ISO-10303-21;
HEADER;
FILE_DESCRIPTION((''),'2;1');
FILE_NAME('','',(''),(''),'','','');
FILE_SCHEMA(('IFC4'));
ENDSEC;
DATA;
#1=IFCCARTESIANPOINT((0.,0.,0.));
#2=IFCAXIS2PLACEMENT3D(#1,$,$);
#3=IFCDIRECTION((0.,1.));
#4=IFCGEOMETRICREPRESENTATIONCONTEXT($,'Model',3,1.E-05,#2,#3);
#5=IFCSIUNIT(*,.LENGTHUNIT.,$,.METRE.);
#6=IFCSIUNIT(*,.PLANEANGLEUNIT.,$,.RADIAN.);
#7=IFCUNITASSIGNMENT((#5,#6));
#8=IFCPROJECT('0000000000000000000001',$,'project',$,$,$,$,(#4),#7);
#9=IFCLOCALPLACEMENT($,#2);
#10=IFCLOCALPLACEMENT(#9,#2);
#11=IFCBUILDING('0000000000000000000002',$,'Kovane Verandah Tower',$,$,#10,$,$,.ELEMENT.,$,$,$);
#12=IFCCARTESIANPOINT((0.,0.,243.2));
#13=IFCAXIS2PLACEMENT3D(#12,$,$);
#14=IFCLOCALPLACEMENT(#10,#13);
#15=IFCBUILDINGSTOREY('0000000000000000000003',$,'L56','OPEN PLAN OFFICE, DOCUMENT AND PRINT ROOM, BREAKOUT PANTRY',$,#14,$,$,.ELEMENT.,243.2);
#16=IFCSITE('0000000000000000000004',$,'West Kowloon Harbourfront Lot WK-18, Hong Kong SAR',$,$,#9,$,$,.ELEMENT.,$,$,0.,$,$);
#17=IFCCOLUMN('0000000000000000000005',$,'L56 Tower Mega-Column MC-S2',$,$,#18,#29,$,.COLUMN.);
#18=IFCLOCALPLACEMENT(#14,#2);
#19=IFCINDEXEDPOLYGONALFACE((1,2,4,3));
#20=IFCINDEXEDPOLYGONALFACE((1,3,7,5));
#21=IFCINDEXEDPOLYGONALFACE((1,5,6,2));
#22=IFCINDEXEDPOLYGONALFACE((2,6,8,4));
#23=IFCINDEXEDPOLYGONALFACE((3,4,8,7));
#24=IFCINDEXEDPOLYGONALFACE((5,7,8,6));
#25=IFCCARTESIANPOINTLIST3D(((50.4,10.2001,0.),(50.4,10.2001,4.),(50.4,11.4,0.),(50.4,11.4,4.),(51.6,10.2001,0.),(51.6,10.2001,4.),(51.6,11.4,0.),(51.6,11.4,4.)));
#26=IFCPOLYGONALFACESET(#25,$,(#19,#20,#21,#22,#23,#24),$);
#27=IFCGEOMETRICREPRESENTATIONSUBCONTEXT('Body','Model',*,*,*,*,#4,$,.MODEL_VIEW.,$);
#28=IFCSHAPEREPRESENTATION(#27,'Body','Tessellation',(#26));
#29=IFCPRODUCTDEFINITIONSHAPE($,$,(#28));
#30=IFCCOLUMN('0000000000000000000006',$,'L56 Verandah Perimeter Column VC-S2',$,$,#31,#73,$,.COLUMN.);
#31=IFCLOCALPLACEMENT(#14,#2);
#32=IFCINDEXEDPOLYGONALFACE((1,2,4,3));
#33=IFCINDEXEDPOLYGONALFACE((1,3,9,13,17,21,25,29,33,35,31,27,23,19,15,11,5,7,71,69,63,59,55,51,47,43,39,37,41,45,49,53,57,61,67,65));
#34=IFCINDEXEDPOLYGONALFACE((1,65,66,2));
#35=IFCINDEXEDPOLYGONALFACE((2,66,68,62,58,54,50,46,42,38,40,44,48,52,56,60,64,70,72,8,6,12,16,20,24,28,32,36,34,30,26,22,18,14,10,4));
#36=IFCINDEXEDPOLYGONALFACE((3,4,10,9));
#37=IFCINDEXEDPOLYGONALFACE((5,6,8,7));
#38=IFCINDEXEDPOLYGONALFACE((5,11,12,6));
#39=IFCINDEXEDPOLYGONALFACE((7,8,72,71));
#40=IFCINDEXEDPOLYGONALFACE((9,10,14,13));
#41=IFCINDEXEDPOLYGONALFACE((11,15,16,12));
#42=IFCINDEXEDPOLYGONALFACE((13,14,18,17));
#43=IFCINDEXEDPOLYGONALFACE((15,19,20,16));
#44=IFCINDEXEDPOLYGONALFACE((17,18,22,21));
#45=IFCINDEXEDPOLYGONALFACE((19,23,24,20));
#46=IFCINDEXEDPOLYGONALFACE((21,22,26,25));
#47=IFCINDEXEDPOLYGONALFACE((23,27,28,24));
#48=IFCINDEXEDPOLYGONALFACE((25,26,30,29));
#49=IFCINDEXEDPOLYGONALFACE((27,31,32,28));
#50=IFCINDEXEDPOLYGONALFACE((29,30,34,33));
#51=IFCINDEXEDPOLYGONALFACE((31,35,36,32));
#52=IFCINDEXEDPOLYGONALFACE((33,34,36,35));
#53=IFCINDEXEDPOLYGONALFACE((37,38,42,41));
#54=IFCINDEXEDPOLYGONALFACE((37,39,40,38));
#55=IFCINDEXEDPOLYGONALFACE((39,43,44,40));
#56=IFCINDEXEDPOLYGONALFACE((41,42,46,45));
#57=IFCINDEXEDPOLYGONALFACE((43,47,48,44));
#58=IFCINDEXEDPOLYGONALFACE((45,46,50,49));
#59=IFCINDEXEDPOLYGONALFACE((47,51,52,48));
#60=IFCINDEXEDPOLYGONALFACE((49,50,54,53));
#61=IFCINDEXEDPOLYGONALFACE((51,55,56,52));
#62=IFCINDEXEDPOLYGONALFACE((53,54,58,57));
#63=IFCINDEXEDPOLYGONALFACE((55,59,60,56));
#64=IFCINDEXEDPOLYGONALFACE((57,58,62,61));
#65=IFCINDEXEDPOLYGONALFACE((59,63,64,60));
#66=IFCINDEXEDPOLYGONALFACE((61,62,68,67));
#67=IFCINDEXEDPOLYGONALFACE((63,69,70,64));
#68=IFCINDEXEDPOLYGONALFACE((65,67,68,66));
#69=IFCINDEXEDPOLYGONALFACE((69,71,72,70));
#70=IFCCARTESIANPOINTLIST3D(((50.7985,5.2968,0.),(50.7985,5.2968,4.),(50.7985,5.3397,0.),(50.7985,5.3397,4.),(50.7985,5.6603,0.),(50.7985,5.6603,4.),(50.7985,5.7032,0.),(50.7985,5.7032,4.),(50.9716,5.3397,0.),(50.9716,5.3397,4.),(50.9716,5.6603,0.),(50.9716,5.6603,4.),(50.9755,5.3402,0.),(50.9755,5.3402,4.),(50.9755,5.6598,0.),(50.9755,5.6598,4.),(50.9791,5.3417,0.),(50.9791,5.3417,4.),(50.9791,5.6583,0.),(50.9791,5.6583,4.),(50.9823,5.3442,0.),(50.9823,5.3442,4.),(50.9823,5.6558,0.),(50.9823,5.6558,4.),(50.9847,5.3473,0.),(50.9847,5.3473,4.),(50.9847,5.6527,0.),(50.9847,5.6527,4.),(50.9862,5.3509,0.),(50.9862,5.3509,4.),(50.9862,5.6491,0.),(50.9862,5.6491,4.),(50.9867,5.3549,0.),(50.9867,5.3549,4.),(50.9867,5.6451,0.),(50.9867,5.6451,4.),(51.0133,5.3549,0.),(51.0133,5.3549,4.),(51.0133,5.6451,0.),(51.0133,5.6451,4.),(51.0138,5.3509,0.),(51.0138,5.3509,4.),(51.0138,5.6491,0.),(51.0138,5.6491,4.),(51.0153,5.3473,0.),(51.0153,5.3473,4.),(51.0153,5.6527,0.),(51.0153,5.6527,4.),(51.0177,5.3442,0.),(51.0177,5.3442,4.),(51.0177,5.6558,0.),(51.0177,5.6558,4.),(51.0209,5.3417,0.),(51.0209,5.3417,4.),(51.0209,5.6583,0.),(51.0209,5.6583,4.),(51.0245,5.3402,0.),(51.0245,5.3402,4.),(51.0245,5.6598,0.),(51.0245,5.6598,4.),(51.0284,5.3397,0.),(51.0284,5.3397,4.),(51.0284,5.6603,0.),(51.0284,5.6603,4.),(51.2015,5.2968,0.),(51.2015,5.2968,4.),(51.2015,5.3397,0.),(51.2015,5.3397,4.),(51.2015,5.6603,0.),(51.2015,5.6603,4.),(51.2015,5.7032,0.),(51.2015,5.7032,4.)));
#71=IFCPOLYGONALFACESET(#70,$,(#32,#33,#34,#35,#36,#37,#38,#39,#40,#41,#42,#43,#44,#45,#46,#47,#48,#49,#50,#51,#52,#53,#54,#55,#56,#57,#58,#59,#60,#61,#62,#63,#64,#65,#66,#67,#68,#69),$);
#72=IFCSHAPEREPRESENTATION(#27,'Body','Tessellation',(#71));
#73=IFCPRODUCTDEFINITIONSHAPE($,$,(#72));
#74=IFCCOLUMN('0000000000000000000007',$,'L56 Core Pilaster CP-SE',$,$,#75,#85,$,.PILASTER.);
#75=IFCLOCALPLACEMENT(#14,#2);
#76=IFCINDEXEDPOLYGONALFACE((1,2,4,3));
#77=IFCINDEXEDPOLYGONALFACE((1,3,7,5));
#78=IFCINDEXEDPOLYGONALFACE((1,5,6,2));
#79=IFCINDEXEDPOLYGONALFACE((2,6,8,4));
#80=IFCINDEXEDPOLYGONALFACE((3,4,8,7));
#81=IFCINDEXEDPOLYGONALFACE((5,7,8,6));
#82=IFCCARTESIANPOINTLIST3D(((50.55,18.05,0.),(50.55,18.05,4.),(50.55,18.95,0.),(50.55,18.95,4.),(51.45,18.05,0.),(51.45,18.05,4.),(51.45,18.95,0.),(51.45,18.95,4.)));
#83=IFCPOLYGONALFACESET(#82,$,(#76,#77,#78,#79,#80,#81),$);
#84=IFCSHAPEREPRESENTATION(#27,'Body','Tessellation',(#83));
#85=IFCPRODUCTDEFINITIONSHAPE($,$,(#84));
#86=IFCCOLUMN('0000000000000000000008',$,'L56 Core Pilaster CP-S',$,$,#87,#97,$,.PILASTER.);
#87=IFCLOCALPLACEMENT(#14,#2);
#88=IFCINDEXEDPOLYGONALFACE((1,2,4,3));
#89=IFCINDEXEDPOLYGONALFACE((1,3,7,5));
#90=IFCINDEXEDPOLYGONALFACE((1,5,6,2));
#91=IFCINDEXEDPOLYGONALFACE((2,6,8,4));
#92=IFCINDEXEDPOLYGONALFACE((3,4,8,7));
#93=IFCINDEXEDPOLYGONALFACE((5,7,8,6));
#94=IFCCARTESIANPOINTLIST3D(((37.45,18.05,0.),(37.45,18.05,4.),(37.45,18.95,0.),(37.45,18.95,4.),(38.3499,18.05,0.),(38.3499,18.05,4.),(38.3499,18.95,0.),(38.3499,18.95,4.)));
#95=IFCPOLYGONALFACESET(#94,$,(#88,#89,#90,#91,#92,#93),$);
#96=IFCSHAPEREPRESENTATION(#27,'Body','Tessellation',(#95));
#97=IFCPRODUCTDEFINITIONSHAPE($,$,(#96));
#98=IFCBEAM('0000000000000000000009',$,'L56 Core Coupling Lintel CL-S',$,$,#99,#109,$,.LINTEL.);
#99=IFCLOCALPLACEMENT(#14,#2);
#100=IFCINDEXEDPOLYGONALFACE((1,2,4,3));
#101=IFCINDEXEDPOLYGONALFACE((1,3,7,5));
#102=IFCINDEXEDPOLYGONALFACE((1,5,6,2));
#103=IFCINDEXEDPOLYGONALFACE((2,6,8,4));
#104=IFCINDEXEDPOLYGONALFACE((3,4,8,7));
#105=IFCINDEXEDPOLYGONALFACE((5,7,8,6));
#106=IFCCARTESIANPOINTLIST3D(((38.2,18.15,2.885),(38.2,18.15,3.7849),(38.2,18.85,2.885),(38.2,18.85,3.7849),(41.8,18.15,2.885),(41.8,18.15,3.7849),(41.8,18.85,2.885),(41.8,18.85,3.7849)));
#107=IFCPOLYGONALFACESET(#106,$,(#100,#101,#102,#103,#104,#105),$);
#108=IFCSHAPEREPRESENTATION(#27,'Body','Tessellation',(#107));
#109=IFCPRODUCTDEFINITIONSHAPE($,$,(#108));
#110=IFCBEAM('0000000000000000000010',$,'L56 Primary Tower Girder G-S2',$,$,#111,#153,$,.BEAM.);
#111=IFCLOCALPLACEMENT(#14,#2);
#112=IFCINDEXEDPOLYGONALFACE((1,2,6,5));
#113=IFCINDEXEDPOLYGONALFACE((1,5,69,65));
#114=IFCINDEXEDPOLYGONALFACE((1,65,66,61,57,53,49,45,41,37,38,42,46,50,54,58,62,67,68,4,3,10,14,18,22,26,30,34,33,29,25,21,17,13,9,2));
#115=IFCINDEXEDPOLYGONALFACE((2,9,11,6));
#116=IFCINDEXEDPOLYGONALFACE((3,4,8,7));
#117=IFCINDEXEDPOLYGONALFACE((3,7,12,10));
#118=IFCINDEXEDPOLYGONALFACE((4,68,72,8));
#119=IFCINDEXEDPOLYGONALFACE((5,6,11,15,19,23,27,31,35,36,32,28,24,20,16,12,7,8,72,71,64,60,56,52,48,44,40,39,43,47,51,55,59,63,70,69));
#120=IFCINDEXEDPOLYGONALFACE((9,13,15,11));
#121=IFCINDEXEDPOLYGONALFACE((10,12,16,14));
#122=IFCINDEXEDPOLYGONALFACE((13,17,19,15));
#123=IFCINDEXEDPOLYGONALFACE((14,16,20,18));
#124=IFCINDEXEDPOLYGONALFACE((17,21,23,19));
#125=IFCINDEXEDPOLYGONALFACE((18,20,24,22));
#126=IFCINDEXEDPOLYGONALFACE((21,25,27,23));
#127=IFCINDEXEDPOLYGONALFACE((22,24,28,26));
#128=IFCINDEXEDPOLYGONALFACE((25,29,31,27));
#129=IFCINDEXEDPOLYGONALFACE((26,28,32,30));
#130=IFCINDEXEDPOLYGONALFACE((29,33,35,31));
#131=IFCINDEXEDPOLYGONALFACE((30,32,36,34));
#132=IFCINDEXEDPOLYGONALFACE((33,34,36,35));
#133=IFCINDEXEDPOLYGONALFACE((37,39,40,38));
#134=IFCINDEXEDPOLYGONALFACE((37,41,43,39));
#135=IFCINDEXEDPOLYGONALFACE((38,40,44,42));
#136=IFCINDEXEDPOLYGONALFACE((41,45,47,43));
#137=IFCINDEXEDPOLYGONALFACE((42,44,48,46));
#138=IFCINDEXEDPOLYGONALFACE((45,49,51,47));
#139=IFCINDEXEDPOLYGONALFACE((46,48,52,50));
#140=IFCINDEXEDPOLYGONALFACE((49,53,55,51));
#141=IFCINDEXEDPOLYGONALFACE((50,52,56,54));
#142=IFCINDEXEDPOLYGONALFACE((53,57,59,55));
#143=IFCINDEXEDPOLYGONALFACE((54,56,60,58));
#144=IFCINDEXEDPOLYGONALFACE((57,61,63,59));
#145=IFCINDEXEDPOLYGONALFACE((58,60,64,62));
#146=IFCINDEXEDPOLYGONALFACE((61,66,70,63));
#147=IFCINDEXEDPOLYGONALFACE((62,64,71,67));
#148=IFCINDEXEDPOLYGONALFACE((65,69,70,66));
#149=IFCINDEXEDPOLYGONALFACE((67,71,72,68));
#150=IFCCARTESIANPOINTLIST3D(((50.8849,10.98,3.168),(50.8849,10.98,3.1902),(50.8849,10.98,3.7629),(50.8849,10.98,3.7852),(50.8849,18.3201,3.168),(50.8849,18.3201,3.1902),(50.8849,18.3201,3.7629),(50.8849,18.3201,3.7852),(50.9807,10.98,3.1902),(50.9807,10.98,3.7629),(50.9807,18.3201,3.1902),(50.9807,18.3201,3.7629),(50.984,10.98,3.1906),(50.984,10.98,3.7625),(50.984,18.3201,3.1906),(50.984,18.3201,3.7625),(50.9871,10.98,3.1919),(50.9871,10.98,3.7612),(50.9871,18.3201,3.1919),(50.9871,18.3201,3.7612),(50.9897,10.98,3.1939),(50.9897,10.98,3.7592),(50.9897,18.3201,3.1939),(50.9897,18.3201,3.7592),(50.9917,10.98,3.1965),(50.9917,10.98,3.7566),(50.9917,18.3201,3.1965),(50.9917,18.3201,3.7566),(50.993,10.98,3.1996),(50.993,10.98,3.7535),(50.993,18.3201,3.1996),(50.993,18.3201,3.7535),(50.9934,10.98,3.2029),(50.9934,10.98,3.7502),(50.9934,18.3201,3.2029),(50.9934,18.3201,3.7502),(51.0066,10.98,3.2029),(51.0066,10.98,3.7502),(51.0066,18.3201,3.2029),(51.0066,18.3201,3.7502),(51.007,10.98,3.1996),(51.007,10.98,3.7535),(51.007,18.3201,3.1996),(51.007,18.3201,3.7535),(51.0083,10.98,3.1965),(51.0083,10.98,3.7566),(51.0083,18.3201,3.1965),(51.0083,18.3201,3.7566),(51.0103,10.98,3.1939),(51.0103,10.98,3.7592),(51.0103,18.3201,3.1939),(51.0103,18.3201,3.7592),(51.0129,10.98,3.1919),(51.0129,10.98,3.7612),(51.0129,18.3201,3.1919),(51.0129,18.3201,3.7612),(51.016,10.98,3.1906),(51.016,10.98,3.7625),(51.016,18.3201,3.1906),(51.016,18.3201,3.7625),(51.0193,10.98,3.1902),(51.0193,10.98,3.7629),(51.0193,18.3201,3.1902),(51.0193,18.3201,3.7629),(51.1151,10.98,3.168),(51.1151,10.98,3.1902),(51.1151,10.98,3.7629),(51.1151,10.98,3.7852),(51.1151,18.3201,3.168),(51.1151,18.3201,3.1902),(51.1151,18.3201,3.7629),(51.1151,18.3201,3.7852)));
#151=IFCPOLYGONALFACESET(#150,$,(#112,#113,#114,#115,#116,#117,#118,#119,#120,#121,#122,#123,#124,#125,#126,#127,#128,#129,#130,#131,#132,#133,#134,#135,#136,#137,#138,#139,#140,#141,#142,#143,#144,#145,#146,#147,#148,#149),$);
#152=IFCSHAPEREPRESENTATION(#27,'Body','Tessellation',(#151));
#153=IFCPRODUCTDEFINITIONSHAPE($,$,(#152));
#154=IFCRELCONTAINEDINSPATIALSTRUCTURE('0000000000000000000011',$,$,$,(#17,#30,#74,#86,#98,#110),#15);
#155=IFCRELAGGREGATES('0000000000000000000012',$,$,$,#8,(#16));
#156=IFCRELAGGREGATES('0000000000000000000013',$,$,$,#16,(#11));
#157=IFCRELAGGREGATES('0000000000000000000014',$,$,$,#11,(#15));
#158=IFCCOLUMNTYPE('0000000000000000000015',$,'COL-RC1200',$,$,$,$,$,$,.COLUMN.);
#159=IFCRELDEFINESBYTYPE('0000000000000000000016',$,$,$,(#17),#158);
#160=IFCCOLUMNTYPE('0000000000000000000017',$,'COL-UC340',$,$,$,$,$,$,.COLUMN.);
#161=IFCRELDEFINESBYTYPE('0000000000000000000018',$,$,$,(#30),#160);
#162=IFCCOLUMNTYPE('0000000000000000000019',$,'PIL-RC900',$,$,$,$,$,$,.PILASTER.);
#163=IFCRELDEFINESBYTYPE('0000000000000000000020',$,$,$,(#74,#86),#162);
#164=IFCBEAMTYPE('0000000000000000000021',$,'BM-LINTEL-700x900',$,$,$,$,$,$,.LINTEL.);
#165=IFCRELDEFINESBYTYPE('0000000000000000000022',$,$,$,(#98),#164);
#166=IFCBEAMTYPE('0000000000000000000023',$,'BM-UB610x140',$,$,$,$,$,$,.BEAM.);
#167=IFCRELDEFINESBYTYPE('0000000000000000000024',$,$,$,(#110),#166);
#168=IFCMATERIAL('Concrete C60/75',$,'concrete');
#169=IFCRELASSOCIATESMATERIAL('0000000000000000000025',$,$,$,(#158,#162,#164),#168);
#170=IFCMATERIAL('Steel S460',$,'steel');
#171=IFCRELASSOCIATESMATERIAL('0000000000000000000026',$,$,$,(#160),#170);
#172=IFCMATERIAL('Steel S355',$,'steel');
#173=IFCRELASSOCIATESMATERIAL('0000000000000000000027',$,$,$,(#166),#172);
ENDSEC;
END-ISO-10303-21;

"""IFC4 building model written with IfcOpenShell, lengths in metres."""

from ifc_helpers import new_model, si_unit, direction, frame, origin, origin_2d, place, context, subcontext, project, spatial, rectangle, i_section, extrude, material, material_profile, profile_set, type_object, element, save


model = new_model("IFC4")

# Units and contexts
model_context = context("Model", 3, precision=1e-05, world=origin(), true_north=direction((0.0, 1.0)))
body_context = subcontext(model_context, "Body", "Model", "MODEL_VIEW")
ifc_project = project(units=[si_unit("LENGTHUNIT", "METRE"), si_unit("PLANEANGLEUNIT", "RADIAN")], contexts=[model_context])

# Site, building, storey
site_placement = place(None, origin())
site = spatial("IfcSite", under=ifc_project, at=site_placement, Name="West Kowloon Harbourfront Lot WK-18, Hong Kong SAR", CompositionType="ELEMENT", RefElevation=0.0)
building_placement = place(site_placement, origin())
building = spatial("IfcBuilding", under=site, at=building_placement, Name="Kovane Verandah Tower", CompositionType="ELEMENT")
storey_placement = place(building_placement, frame((0.0, 0.0, 243.2)))
storey = spatial("IfcBuildingStorey", under=building, at=storey_placement, Name="L56", Description="OPEN PLAN OFFICE, DOCUMENT AND PRINT ROOM, BREAKOUT PANTRY", CompositionType="ELEMENT", Elevation=243.2)

# Columns
ifc_material_1 = material(Name="Concrete C60/75", Category="concrete")
ifc_material_profile_1 = material_profile(ifc_material_1, rectangle(XDim=1.2, YDim=1.2, at=origin_2d()), Name="RC1200x1200")
ifc_profile_set_1 = profile_set([ifc_material_profile_1], Name="Concrete C60/75")
column_type_1 = type_object("IfcColumnType", Name="COL-RC1200", PredefinedType="COLUMN", material=ifc_profile_set_1)
column_1_placement = place(storey_placement, frame((51.0, 10.8, 0.0), z_axis=(0.0, 0.0, 1.0), x_axis=(1.0, 0.0, 0.0)))
element("IfcColumn", 1, at=column_1_placement, inside=storey, type_object=column_type_1, Name="L56 Tower Mega-Column MC-S2", PredefinedType="COLUMN", context=body_context, shape_type="SweptSolid", body=[
    extrude(rectangle(XDim=1.2, YDim=1.2, at=origin_2d()), origin(), (0.0, 0.0, 1.0), 4.0),
])
ifc_material_2 = material(Name="Steel S460", Category="steel")
ifc_material_profile_2 = material_profile(ifc_material_2, i_section(OverallWidth=0.4031, OverallDepth=0.4065, WebThickness=0.0266, FlangeThickness=0.043, FilletRadius=0.0151, at=origin_2d()), Name="UC356x406x340")
ifc_profile_set_2 = profile_set([ifc_material_profile_2], Name="Steel S460")
column_type_2 = type_object("IfcColumnType", Name="COL-UC340", PredefinedType="COLUMN", material=ifc_profile_set_2)
column_2_placement = place(storey_placement, frame((51.0, 5.5, 0.0), z_axis=(0.0, 0.0, 1.0), x_axis=(1.0, 0.0, 0.0)))
element("IfcColumn", 2, at=column_2_placement, inside=storey, type_object=column_type_2, Name="L56 Verandah Perimeter Column VC-S2", PredefinedType="COLUMN", context=body_context, shape_type="SweptSolid", body=[
    extrude(i_section(OverallWidth=0.4031, OverallDepth=0.4065, WebThickness=0.0266, FlangeThickness=0.043, FilletRadius=0.0151, at=origin_2d()), origin(), (0.0, 0.0, 1.0), 4.0),
])
ifc_material_profile_3 = material_profile(ifc_material_1, rectangle(XDim=0.8999, YDim=0.8999, at=origin_2d()), Name="RC900x900")
ifc_profile_set_3 = profile_set([ifc_material_profile_3], Name="Concrete C60/75")
column_type_3 = type_object("IfcColumnType", Name="PIL-RC900", PredefinedType="PILASTER", material=ifc_profile_set_3)
for number, where, z_axis, x_axis, name in (
    (3, (51.0, 18.5, 0.0), (0.0, 0.0, 1.0), (1.0, 0.0, 0.0), "L56 Core Pilaster CP-SE"),
    (4, (37.8999, 18.5, 0.0), (0.0, 0.0, 1.0), (1.0, 0.0, 0.0), "L56 Core Pilaster CP-S"),
):
    element("IfcColumn", number, at=place(storey_placement, frame(where, z_axis=z_axis, x_axis=x_axis)), inside=storey, type_object=column_type_3, Name=name, PredefinedType="PILASTER", context=body_context, shape_type="SweptSolid", body=[
        extrude(rectangle(XDim=0.8999, YDim=0.8999, at=origin_2d()), origin(), (0.0, 0.0, 1.0), 4.0),
    ])

# Beams
ifc_material_profile_4 = material_profile(ifc_material_1, rectangle(XDim=0.7, YDim=0.8999, at=origin_2d()), Name="RCB700x900")
ifc_profile_set_4 = profile_set([ifc_material_profile_4], Name="Concrete C60/75")
beam_type_1 = type_object("IfcBeamType", Name="BM-LINTEL-700x900", PredefinedType="LINTEL", material=ifc_profile_set_4)
beam_1_placement = place(storey_placement, frame((38.2, 18.5, 3.335), z_axis=(1.0, 0.0, 0.0), x_axis=(0.0, 1.0, 0.0)))
element("IfcBeam", 5, at=beam_1_placement, inside=storey, type_object=beam_type_1, Name="L56 Core Coupling Lintel CL-S", PredefinedType="LINTEL", context=body_context, shape_type="SweptSolid", body=[
    extrude(rectangle(XDim=0.7, YDim=0.8999, at=origin_2d()), origin(), (0.0, 0.0, 1.0), 3.6001),
])
ifc_material_3 = material(Name="Steel S355", Category="steel")
ifc_material_profile_5 = material_profile(ifc_material_3, i_section(OverallWidth=0.2302, OverallDepth=0.6172, WebThickness=0.0132, FlangeThickness=0.0222, FilletRadius=0.0127, at=origin_2d()), Name="UB610x229x140")
ifc_profile_set_5 = profile_set([ifc_material_profile_5], Name="Steel S355")
beam_type_2 = type_object("IfcBeamType", Name="BM-UB610x140", PredefinedType="BEAM", material=ifc_profile_set_5)
beam_2_placement = place(storey_placement, frame((51.0, 18.3201, 3.4766), z_axis=(0.0, -1.0, 0.0), x_axis=(1.0, 0.0, 0.0)))
element("IfcBeam", 6, at=beam_2_placement, inside=storey, type_object=beam_type_2, Name="L56 Primary Tower Girder G-S2", PredefinedType="BEAM", context=body_context, shape_type="SweptSolid", body=[
    extrude(i_section(OverallWidth=0.2302, OverallDepth=0.6172, WebThickness=0.0132, FlangeThickness=0.0222, FilletRadius=0.0127, at=origin_2d()), origin(), (0.0, 0.0, 1.0), 7.3401),
])

save(model, "model.ifc")
